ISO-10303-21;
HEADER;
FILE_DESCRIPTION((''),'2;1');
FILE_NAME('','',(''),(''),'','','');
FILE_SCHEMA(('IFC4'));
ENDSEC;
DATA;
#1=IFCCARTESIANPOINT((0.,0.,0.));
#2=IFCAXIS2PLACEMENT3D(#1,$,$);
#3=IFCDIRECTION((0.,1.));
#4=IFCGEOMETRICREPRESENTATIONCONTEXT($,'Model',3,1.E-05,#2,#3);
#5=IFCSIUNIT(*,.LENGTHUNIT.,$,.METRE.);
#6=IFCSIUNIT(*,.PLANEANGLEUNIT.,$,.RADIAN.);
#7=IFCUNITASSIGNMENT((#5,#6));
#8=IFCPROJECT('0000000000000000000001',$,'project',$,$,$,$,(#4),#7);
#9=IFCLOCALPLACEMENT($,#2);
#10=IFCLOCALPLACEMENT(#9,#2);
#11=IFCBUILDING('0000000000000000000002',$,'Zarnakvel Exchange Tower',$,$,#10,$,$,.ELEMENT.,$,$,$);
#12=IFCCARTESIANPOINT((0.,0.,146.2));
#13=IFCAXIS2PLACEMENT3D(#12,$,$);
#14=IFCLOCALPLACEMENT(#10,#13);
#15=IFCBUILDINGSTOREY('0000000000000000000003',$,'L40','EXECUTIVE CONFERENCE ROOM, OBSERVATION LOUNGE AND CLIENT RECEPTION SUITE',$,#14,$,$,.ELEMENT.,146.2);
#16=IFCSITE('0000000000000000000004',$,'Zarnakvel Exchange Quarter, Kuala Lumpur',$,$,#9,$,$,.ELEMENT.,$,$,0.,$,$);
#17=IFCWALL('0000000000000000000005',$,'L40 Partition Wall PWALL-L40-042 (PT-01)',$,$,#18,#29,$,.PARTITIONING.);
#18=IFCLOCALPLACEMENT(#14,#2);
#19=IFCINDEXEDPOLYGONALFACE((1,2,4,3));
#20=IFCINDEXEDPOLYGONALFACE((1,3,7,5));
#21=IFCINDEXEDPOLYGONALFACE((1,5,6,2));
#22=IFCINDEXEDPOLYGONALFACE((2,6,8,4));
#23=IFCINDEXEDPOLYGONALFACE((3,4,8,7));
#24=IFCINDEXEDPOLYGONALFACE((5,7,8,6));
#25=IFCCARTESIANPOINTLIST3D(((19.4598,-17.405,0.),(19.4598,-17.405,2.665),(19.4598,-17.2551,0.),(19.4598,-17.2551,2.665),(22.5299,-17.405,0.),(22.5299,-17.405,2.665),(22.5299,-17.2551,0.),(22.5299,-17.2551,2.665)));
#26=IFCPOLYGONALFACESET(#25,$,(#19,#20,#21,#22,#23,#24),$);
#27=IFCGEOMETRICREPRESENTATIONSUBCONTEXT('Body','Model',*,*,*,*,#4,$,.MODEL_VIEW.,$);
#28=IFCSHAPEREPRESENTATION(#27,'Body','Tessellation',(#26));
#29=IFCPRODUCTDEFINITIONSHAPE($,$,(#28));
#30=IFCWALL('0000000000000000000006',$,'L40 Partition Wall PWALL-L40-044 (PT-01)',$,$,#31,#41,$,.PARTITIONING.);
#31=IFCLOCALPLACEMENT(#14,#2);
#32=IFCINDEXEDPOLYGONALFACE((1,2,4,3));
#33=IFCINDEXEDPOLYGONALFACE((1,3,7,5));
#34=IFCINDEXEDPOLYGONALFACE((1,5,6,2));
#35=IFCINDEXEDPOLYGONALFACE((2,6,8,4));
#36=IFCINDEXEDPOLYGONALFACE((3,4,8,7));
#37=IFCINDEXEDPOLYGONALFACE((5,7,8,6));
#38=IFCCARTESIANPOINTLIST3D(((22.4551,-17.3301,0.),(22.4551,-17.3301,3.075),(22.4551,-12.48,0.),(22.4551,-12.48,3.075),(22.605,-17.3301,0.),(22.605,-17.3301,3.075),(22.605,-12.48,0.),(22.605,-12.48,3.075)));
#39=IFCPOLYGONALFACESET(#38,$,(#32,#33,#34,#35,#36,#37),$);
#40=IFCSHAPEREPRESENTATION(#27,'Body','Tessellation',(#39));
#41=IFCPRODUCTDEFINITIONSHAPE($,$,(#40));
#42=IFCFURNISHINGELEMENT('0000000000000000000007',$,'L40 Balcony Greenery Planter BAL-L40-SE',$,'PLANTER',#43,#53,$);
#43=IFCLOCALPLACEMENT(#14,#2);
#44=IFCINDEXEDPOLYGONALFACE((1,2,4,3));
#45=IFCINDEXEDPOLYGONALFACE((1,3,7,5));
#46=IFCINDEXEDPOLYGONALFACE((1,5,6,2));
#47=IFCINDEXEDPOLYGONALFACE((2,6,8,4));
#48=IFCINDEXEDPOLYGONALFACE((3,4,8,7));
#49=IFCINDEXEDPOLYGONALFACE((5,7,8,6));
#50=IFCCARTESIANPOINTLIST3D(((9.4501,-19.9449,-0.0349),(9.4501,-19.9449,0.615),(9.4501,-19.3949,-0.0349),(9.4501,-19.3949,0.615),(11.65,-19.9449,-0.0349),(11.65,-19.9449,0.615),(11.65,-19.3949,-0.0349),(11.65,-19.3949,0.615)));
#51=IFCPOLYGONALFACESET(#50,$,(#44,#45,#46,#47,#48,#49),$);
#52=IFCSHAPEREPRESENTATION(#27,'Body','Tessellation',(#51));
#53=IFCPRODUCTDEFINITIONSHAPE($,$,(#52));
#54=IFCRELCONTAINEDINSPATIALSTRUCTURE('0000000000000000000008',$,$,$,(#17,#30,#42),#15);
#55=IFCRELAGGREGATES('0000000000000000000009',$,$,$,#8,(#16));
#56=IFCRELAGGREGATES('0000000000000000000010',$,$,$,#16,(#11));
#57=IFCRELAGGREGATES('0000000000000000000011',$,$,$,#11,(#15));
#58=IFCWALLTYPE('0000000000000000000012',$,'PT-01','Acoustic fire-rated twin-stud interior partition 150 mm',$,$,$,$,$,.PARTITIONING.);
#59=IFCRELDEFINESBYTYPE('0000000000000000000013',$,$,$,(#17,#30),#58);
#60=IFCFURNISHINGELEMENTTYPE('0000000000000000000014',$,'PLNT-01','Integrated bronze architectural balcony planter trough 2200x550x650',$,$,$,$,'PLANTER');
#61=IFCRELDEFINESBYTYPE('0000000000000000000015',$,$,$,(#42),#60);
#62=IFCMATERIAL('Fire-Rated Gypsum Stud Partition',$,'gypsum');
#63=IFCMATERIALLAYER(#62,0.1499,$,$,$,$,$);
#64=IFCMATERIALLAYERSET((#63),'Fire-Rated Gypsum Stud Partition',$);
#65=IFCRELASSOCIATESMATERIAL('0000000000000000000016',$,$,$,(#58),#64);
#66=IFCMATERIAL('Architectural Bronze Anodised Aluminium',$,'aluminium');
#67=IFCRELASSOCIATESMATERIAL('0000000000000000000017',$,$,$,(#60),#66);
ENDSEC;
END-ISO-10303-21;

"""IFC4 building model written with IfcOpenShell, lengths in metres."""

from ifc_helpers import new_model, si_unit, direction, frame, frame_2d, origin, origin_2d, place, context, subcontext, project, spatial, rectangle, extrude, source, transform, mapped, material, layer, layer_set, type_object, element, save


model = new_model("IFC4")

# Units and contexts
model_context = context("Model", 3, precision=1e-05, world=origin(), true_north=direction((0.0, 1.0)))
body_context = subcontext(model_context, "Body", "Model", "MODEL_VIEW")
ifc_project = project(units=[si_unit("LENGTHUNIT", "METRE"), si_unit("PLANEANGLEUNIT", "RADIAN")], contexts=[model_context])

# Site, building, storey
site_placement = place(None, origin())
site = spatial("IfcSite", under=ifc_project, at=site_placement, Name="Zarnakvel Exchange Quarter, Kuala Lumpur", CompositionType="ELEMENT", RefElevation=0.0)
building_placement = place(site_placement, origin())
building = spatial("IfcBuilding", under=site, at=building_placement, Name="Zarnakvel Exchange Tower", CompositionType="ELEMENT")
storey_placement = place(building_placement, frame((0.0, 0.0, 146.2)))
storey = spatial("IfcBuildingStorey", under=building, at=storey_placement, Name="L40", Description="EXECUTIVE CONFERENCE ROOM, OBSERVATION LOUNGE AND CLIENT RECEPTION SUITE", CompositionType="ELEMENT", Elevation=146.2)

# Shared definitions
ifc_material_1 = material(Name="Architectural Bronze Anodised Aluminium", Category="aluminium")

# Shared definitions
ifc_material_2 = material(Name="Fire-Rated Gypsum Stud Partition", Category="gypsum")
ifc_layer_1 = layer(ifc_material_2, 0.1499)
ifc_layer_set_1 = layer_set([ifc_layer_1], Name="Fire-Rated Gypsum Stud Partition")
wall_type_1 = type_object("IfcWallType", Name="PT-01", Description="Acoustic fire-rated twin-stud interior partition 150 mm", PredefinedType="PARTITIONING", material=ifc_layer_set_1)

# Walls
wall_1_placement = place(storey_placement, frame((22.53, -17.3301, 0.0), z_axis=(0.0, 0.0, 1.0), x_axis=(-1.0, 0.0, 0.0)))
element("IfcWall", 1, at=wall_1_placement, inside=storey, type_object=wall_type_1, Name="L40 Partition Wall PWALL-L40-042 (PT-01)", PredefinedType="PARTITIONING", context=body_context, shape_type="SweptSolid", body=[
    extrude(rectangle(XDim=3.0701, YDim=0.1499, at=frame_2d((1.5352, 0.0))), origin(), (0.0, 0.0, 1.0), 2.665),
])
wall_2_placement = place(storey_placement, frame((22.53, -12.48, 0.0), z_axis=(0.0, 0.0, 1.0), x_axis=(0.0, -1.0, 0.0)))
element("IfcWall", 2, at=wall_2_placement, inside=storey, type_object=wall_type_1, Name="L40 Partition Wall PWALL-L40-044 (PT-01)", PredefinedType="PARTITIONING", context=body_context, shape_type="SweptSolid", body=[
    extrude(rectangle(XDim=4.8501, YDim=0.1499, at=frame_2d((2.425, 0.0))), origin(), (0.0, 0.0, 1.0), 3.075),
])

# Furnishing element
furnishing_element_type = type_object("IfcFurnishingElementType", Name="PLNT-01", Description="Integrated bronze architectural balcony planter trough 2200x550x650", ElementType="PLANTER", material=ifc_material_1)
shared_shape_1 = source(origin(), body_context, "Body", "SweptSolid", [
    extrude(rectangle(XDim=2.2, YDim=0.55, at=origin_2d()), origin(), (0.0, 0.0, 1.0), 0.6499),
])
furnishing_placement = place(storey_placement, frame((10.55, -19.6699, -0.0349), z_axis=(0.0, 0.0, 1.0), x_axis=(1.0, 0.0, 0.0)))
element("IfcFurnishingElement", 3, at=furnishing_placement, inside=storey, type_object=furnishing_element_type, Name="L40 Balcony Greenery Planter BAL-L40-SE", ObjectType="PLANTER", context=body_context, shape_type="MappedRepresentation", body=[
    mapped(shared_shape_1, transform((0.0, 0.0, 0.0), x_axis=(1.0, 0.0, 0.0), y_axis=(0.0, 1.0, 0.0), z_axis=(0.0, 0.0, 1.0), scale=1.0)),
])

save(model, "model.ifc")
